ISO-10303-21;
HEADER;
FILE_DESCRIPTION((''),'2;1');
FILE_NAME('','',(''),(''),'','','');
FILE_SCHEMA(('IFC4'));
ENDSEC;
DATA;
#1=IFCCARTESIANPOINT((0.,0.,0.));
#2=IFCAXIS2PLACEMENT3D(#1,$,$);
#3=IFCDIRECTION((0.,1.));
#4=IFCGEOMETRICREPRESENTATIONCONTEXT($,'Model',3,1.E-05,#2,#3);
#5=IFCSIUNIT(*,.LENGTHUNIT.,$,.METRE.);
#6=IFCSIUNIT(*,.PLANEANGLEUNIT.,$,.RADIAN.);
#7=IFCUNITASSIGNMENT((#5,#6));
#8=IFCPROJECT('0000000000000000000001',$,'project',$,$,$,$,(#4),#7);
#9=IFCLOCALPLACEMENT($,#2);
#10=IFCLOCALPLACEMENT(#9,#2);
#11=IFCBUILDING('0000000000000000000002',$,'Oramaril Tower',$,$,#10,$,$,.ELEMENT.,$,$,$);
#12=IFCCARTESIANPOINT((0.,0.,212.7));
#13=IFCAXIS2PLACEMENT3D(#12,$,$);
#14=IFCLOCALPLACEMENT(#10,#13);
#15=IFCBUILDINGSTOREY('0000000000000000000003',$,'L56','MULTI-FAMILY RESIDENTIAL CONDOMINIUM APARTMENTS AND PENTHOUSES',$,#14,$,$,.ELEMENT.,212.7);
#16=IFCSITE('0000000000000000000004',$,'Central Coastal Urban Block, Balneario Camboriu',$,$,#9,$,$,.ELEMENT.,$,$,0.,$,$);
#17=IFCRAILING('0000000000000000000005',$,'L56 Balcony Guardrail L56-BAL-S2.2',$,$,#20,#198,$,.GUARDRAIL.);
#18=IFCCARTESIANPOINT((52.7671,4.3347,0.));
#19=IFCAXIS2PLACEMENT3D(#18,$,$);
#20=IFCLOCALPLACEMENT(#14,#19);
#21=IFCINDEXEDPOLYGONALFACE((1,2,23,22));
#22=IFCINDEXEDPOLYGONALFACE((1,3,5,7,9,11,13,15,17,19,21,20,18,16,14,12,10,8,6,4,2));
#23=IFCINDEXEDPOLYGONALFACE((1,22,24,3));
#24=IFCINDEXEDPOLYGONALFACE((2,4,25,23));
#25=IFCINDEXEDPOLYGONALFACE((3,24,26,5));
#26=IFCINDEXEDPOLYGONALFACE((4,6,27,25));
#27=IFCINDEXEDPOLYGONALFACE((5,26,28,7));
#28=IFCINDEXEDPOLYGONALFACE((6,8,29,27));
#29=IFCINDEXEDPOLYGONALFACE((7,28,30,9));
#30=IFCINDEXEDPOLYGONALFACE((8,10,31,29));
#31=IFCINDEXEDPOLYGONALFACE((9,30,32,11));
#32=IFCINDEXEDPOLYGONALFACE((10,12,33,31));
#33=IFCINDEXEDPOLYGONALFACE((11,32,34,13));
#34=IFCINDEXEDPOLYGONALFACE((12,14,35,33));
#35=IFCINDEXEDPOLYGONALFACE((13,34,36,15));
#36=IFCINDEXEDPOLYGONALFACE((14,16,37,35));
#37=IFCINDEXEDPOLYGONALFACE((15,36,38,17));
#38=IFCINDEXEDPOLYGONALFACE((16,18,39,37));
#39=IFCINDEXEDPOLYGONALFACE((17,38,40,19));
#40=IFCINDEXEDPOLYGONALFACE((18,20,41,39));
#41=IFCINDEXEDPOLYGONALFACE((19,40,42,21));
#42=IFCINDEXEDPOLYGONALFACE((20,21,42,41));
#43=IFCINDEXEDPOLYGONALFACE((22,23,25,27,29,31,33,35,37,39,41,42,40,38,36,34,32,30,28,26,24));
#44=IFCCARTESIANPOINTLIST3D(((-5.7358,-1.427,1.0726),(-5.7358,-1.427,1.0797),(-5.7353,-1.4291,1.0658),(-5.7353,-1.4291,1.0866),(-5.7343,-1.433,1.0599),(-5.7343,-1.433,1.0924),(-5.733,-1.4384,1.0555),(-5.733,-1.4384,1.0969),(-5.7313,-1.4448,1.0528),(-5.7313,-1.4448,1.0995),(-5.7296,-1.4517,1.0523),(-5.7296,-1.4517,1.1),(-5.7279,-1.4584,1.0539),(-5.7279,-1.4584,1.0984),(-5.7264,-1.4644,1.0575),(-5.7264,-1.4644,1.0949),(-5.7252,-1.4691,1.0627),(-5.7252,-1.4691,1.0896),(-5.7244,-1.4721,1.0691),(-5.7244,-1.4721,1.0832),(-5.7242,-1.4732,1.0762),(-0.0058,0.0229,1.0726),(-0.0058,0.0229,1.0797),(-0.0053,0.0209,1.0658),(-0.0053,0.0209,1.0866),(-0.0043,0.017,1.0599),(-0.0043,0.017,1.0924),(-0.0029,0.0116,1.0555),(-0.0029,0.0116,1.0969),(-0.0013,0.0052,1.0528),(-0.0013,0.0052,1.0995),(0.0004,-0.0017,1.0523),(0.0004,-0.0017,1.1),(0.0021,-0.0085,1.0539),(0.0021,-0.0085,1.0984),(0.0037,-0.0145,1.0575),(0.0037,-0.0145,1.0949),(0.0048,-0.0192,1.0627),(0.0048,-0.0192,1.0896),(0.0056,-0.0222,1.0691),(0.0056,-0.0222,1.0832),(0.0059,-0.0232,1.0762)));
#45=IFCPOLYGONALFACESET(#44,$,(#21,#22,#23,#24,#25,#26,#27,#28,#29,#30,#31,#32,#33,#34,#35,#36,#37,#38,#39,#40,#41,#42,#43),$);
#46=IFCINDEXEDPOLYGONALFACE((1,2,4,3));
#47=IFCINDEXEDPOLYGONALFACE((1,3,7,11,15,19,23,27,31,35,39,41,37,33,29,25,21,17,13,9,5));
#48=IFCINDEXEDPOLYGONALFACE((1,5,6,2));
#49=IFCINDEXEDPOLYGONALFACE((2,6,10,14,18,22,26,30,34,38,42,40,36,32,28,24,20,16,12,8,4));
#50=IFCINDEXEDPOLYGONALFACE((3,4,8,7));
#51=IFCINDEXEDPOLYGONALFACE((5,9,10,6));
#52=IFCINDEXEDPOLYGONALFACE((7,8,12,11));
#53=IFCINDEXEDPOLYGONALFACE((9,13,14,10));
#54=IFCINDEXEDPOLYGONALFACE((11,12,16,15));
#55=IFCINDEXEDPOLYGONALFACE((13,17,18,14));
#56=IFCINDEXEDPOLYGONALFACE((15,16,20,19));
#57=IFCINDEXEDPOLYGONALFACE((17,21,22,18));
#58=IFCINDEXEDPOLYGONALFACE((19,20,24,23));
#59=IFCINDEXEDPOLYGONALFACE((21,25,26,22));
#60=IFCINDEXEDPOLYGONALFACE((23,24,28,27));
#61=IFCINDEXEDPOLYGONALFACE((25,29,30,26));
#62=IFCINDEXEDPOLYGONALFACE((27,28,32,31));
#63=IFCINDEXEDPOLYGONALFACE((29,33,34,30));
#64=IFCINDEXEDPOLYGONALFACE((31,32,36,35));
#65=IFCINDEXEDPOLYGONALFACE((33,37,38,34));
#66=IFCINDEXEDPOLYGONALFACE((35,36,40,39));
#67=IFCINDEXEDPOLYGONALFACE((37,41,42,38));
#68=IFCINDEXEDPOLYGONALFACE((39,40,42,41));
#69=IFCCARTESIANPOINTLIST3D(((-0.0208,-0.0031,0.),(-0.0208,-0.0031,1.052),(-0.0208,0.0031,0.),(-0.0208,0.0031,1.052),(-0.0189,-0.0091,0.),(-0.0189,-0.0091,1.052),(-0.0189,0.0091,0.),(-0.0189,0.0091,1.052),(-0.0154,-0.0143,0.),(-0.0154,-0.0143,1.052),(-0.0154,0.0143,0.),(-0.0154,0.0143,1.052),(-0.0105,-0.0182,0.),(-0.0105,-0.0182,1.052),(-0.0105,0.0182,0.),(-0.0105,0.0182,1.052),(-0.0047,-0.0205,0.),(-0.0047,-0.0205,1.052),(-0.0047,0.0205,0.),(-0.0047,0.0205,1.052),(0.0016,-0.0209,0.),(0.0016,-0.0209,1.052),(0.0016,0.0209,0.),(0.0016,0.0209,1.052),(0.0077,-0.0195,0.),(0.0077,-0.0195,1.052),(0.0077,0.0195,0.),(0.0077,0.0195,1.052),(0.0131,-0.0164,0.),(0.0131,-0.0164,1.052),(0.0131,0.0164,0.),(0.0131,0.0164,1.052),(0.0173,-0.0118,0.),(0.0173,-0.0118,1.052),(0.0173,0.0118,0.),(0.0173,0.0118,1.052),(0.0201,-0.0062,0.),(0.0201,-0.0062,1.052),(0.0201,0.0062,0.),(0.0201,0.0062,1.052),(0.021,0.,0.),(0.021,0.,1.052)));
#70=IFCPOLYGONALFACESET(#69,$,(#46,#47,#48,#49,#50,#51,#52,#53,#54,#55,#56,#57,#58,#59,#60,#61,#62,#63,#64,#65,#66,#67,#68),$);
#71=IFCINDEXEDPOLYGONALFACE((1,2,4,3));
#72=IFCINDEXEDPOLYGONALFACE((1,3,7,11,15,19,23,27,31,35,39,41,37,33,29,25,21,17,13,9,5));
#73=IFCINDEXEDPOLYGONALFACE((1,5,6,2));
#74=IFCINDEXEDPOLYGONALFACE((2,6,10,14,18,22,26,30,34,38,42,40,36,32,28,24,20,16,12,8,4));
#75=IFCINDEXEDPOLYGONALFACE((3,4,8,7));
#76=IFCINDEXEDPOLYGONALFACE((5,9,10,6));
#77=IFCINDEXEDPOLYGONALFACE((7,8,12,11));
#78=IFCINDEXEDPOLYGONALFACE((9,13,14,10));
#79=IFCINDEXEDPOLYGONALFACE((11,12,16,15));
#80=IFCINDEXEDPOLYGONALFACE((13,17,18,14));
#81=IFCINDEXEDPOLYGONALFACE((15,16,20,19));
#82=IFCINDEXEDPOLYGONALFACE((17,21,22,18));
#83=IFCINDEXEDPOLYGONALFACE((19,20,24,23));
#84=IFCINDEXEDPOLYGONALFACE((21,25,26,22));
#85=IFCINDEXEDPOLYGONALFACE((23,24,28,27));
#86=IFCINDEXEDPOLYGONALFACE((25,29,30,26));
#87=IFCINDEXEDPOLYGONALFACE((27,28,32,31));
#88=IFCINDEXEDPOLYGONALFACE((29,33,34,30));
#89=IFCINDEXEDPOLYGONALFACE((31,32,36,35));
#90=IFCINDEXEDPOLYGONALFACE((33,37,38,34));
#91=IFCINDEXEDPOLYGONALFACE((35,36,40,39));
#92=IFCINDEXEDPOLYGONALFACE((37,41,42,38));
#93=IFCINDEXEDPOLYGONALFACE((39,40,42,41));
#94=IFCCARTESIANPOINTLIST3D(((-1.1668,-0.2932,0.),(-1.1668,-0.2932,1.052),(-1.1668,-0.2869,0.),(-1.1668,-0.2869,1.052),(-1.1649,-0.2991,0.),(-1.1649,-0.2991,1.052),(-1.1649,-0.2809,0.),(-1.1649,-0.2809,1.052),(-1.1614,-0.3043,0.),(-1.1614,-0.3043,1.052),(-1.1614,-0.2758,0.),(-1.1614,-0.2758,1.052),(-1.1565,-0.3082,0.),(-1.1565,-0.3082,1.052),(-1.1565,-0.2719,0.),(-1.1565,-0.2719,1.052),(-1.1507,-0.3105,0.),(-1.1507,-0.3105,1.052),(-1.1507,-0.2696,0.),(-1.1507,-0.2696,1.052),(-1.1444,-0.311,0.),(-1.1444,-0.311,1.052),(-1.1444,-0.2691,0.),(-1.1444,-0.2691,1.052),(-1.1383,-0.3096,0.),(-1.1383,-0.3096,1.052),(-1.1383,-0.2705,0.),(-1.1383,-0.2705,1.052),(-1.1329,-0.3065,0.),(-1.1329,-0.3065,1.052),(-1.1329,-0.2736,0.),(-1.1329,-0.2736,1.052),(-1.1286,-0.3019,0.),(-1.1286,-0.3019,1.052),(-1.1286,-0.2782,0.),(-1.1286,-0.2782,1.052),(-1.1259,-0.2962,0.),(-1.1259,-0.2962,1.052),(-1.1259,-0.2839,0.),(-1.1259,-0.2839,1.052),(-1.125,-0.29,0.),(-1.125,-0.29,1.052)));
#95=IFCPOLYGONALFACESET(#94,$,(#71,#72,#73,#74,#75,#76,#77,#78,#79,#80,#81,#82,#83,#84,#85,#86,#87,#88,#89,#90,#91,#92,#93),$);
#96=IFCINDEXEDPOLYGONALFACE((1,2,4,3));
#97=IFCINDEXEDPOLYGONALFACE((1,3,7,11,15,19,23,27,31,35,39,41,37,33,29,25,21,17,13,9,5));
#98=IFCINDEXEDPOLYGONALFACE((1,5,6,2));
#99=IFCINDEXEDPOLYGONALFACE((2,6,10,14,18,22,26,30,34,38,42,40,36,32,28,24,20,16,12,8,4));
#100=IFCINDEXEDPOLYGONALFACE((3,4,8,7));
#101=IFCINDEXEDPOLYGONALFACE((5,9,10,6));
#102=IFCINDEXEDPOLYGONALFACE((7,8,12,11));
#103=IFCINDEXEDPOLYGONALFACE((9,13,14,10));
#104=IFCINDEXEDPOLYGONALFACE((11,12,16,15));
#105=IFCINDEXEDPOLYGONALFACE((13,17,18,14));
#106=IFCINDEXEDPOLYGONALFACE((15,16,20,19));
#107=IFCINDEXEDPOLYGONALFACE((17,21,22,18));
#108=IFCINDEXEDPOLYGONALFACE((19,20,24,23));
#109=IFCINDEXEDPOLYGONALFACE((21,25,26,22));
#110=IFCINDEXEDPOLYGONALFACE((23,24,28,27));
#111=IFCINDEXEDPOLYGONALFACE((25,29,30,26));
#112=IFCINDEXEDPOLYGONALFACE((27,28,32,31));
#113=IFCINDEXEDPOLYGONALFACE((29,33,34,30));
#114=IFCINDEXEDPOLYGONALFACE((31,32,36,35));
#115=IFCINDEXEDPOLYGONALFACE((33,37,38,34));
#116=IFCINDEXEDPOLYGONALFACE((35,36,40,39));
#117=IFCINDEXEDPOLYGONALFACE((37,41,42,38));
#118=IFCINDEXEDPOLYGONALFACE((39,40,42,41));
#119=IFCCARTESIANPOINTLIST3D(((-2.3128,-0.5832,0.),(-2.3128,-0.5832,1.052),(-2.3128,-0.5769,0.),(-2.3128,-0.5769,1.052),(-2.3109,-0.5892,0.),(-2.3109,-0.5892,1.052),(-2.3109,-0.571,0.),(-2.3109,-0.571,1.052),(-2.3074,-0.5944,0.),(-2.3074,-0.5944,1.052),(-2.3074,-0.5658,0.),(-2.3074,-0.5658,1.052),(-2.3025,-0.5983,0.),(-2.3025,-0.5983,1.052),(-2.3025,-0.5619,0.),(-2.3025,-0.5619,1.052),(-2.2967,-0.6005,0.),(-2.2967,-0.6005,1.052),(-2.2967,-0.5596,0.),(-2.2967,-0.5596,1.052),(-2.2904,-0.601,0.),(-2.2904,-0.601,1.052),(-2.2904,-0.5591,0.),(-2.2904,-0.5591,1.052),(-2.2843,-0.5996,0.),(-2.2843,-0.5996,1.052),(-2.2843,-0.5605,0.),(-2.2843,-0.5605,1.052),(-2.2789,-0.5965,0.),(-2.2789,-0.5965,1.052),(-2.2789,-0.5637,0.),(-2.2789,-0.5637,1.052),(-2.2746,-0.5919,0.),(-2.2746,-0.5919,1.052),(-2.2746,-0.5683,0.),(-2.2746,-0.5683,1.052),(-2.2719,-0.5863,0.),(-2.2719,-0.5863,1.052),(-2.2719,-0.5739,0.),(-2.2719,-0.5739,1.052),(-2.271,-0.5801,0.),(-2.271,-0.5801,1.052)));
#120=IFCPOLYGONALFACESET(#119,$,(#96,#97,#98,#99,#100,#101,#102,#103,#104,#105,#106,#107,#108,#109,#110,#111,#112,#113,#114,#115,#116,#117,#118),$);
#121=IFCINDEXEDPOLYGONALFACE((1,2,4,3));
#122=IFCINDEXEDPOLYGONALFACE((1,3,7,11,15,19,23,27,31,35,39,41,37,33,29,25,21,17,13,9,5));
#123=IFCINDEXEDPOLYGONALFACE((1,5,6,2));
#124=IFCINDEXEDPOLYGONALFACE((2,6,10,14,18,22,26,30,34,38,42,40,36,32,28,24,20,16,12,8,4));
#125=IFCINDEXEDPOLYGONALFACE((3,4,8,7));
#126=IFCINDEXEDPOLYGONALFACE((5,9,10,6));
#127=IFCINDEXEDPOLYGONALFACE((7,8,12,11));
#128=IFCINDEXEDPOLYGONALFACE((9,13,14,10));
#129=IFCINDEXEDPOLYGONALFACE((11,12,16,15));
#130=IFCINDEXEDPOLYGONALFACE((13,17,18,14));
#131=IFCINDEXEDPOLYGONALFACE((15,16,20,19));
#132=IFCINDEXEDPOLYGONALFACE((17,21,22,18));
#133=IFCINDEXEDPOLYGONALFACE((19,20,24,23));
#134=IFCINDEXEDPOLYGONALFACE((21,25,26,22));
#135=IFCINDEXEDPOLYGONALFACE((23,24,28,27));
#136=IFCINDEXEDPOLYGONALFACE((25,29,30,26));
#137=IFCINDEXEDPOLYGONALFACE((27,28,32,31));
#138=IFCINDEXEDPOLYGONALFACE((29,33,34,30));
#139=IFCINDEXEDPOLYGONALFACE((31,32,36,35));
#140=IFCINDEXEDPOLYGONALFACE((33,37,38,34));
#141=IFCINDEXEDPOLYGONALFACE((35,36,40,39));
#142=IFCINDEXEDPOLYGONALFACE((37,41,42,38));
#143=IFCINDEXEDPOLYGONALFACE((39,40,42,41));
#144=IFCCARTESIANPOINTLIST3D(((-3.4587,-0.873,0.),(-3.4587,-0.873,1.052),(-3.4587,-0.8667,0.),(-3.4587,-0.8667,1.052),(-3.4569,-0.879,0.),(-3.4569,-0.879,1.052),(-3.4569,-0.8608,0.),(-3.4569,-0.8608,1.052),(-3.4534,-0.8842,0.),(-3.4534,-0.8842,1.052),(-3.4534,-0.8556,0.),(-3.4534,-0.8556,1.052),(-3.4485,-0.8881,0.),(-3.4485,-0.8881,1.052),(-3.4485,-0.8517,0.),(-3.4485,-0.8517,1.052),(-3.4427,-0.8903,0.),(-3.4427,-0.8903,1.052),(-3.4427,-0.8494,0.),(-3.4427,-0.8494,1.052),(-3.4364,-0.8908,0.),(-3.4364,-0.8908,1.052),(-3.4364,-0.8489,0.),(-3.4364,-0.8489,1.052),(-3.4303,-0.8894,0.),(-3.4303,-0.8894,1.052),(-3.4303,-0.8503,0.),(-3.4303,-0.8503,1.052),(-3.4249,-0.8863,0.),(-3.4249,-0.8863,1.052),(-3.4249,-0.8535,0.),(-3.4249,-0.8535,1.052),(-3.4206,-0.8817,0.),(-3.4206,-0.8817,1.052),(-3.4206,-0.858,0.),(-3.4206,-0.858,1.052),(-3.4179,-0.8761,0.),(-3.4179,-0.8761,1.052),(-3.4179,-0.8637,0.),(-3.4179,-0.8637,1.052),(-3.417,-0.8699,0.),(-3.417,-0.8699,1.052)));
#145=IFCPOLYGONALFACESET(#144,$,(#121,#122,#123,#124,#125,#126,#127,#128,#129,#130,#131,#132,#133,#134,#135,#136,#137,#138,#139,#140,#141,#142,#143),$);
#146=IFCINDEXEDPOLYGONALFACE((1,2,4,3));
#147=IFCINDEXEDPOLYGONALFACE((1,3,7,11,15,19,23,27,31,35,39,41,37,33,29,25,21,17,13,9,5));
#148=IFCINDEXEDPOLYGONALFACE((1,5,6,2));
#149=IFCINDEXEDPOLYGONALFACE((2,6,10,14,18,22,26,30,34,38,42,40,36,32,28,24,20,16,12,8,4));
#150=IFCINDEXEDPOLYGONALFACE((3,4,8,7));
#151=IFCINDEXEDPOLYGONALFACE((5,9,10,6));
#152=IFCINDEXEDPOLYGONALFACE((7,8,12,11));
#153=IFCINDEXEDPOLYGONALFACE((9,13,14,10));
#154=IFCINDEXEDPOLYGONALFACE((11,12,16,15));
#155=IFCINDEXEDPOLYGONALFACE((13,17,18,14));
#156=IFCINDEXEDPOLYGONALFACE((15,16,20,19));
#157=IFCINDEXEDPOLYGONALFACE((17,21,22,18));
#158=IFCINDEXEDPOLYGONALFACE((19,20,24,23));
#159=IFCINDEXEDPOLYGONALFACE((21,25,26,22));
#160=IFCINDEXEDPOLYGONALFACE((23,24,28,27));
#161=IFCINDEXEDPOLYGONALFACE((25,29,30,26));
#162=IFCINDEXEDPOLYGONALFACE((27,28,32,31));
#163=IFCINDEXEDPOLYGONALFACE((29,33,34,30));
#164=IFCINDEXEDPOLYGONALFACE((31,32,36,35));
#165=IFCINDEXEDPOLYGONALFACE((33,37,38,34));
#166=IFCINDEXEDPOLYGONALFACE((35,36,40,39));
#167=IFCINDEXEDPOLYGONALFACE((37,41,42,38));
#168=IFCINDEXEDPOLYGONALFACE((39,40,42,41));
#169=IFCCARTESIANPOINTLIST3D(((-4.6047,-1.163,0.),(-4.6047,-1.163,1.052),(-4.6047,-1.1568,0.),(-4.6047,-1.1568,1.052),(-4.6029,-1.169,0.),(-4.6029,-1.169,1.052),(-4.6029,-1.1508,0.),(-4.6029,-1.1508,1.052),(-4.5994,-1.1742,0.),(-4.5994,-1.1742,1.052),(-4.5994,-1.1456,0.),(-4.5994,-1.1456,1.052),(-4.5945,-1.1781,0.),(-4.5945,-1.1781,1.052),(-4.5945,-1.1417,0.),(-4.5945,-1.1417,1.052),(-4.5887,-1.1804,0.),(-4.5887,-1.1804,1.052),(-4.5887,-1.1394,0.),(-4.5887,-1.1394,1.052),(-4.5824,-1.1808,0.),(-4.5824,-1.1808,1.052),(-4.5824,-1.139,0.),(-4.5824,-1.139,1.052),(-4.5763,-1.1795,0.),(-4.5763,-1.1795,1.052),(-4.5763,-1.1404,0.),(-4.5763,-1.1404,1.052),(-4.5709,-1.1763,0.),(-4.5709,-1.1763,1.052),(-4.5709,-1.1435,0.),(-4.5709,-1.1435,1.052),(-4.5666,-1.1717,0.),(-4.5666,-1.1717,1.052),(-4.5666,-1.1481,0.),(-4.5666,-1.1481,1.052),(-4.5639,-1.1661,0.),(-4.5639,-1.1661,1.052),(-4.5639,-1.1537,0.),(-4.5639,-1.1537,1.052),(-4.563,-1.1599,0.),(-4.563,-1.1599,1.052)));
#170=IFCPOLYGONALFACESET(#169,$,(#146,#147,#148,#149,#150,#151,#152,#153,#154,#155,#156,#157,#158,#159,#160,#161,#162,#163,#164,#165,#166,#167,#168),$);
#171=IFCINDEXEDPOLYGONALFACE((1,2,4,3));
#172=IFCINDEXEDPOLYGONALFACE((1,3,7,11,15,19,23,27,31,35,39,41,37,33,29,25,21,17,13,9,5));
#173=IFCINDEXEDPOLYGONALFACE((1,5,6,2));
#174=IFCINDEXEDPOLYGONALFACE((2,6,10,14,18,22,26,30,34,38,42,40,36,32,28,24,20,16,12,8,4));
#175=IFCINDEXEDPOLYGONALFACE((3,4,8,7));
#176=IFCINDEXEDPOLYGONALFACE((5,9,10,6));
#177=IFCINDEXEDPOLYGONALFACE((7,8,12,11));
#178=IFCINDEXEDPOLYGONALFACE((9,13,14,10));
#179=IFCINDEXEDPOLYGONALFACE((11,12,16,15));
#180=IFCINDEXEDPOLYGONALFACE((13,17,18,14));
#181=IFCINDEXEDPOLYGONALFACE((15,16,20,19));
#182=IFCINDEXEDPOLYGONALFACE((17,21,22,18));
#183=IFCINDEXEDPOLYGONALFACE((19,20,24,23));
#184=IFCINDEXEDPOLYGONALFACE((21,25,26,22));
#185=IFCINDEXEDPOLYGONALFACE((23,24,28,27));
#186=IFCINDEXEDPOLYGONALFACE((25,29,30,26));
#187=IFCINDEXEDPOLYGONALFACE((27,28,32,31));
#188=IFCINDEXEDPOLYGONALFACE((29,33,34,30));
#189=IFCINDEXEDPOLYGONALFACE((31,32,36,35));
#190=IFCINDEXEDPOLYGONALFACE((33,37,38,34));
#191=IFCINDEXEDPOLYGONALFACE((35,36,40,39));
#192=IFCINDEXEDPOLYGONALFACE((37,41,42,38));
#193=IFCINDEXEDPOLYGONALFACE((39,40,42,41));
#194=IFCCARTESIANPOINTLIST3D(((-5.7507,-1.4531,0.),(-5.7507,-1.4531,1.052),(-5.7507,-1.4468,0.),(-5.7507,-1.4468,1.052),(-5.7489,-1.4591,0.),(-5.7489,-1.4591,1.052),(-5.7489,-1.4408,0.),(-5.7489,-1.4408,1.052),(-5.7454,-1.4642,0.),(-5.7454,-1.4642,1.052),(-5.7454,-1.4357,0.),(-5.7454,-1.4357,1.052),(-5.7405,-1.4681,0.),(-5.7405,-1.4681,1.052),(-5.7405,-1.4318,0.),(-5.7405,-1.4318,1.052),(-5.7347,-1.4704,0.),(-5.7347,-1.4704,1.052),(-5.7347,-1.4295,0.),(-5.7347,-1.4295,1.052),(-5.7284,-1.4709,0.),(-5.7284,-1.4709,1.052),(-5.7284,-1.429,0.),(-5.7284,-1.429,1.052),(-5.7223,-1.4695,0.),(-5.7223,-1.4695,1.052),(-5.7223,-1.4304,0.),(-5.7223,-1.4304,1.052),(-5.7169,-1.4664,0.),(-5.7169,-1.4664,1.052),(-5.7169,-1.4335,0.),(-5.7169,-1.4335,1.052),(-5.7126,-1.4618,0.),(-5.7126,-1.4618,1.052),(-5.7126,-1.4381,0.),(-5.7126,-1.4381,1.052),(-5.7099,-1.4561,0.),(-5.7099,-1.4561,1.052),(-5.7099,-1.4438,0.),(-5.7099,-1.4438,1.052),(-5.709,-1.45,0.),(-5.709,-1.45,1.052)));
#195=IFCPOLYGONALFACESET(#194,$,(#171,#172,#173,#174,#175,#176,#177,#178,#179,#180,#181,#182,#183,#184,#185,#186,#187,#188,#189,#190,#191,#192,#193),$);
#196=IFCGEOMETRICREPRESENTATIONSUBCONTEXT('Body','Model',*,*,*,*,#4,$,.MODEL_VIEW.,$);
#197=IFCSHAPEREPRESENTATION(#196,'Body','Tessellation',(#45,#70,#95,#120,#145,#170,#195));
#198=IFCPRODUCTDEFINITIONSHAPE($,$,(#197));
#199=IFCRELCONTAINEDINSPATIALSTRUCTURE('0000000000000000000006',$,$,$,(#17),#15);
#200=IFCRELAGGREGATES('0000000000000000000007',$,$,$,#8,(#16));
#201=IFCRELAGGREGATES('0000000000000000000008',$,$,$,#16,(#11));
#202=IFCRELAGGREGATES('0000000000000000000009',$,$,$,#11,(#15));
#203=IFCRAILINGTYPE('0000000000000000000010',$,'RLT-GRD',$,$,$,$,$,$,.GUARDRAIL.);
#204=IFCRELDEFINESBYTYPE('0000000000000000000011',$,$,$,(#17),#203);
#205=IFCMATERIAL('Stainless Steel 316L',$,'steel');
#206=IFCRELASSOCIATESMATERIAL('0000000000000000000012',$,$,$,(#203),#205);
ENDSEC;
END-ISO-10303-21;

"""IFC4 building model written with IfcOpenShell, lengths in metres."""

from ifc_helpers import new_model, si_unit, direction, frame, origin, origin_2d, place, context, subcontext, project, spatial, circle, extrude, material, type_object, element, save


model = new_model("IFC4")

# Units and contexts
model_context = context("Model", 3, precision=1e-05, world=origin(), true_north=direction((0.0, 1.0)))
body_context = subcontext(model_context, "Body", "Model", "MODEL_VIEW")
ifc_project = project(units=[si_unit("LENGTHUNIT", "METRE"), si_unit("PLANEANGLEUNIT", "RADIAN")], contexts=[model_context])

# Site, building, storey
site_placement = place(None, origin())
site = spatial("IfcSite", under=ifc_project, at=site_placement, Name="Central Coastal Urban Block, Balneario Camboriu", CompositionType="ELEMENT", RefElevation=0.0)
building_placement = place(site_placement, origin())
building = spatial("IfcBuilding", under=site, at=building_placement, Name="Oramaril Tower", CompositionType="ELEMENT")
storey_placement = place(building_placement, frame((0.0, 0.0, 212.7)))
storey = spatial("IfcBuildingStorey", under=building, at=storey_placement, Name="L56", Description="MULTI-FAMILY RESIDENTIAL CONDOMINIUM APARTMENTS AND PENTHOUSES", CompositionType="ELEMENT", Elevation=212.7)

# Railing
ifc_material_1 = material(Name="Stainless Steel 316L", Category="steel")
railing_type = type_object("IfcRailingType", Name="RLT-GRD", PredefinedType="GUARDRAIL", material=ifc_material_1)
railing_1_placement = place(storey_placement, frame((52.7671, 4.3347, 0.0)))
element("IfcRailing", 1, at=railing_1_placement, inside=storey, type_object=railing_type, Name="L56 Balcony Guardrail L56-BAL-S2.2", PredefinedType="GUARDRAIL", context=body_context, shape_type="SweptSolid", body=[
    extrude(circle(Radius=0.0239, at=origin_2d()), frame((0.0, 0.0, 1.0762), z_axis=(-0.969444, -0.245314, 0.0), x_axis=(0.245314, -0.969444, 0.0)), (0.0, 0.0, 1.0), 5.9106),
    extrude(circle(Radius=0.021, at=origin_2d()), origin(), (0.0, 0.0, 1.0), 1.052),
    extrude(circle(Radius=0.021, at=origin_2d()), frame((-1.146, -0.29, 0.0)), (0.0, 0.0, 1.0), 1.052),
    extrude(circle(Radius=0.021, at=origin_2d()), frame((-2.292, -0.5801, 0.0)), (0.0, 0.0, 1.0), 1.052),
    extrude(circle(Radius=0.021, at=origin_2d()), frame((-3.438, -0.8699, 0.0)), (0.0, 0.0, 1.0), 1.052),
    extrude(circle(Radius=0.021, at=origin_2d()), frame((-4.584, -1.1599, 0.0)), (0.0, 0.0, 1.0), 1.052),
    extrude(circle(Radius=0.021, at=origin_2d()), frame((-5.73, -1.45, 0.0)), (0.0, 0.0, 1.0), 1.052),
])

save(model, "model.ifc")
